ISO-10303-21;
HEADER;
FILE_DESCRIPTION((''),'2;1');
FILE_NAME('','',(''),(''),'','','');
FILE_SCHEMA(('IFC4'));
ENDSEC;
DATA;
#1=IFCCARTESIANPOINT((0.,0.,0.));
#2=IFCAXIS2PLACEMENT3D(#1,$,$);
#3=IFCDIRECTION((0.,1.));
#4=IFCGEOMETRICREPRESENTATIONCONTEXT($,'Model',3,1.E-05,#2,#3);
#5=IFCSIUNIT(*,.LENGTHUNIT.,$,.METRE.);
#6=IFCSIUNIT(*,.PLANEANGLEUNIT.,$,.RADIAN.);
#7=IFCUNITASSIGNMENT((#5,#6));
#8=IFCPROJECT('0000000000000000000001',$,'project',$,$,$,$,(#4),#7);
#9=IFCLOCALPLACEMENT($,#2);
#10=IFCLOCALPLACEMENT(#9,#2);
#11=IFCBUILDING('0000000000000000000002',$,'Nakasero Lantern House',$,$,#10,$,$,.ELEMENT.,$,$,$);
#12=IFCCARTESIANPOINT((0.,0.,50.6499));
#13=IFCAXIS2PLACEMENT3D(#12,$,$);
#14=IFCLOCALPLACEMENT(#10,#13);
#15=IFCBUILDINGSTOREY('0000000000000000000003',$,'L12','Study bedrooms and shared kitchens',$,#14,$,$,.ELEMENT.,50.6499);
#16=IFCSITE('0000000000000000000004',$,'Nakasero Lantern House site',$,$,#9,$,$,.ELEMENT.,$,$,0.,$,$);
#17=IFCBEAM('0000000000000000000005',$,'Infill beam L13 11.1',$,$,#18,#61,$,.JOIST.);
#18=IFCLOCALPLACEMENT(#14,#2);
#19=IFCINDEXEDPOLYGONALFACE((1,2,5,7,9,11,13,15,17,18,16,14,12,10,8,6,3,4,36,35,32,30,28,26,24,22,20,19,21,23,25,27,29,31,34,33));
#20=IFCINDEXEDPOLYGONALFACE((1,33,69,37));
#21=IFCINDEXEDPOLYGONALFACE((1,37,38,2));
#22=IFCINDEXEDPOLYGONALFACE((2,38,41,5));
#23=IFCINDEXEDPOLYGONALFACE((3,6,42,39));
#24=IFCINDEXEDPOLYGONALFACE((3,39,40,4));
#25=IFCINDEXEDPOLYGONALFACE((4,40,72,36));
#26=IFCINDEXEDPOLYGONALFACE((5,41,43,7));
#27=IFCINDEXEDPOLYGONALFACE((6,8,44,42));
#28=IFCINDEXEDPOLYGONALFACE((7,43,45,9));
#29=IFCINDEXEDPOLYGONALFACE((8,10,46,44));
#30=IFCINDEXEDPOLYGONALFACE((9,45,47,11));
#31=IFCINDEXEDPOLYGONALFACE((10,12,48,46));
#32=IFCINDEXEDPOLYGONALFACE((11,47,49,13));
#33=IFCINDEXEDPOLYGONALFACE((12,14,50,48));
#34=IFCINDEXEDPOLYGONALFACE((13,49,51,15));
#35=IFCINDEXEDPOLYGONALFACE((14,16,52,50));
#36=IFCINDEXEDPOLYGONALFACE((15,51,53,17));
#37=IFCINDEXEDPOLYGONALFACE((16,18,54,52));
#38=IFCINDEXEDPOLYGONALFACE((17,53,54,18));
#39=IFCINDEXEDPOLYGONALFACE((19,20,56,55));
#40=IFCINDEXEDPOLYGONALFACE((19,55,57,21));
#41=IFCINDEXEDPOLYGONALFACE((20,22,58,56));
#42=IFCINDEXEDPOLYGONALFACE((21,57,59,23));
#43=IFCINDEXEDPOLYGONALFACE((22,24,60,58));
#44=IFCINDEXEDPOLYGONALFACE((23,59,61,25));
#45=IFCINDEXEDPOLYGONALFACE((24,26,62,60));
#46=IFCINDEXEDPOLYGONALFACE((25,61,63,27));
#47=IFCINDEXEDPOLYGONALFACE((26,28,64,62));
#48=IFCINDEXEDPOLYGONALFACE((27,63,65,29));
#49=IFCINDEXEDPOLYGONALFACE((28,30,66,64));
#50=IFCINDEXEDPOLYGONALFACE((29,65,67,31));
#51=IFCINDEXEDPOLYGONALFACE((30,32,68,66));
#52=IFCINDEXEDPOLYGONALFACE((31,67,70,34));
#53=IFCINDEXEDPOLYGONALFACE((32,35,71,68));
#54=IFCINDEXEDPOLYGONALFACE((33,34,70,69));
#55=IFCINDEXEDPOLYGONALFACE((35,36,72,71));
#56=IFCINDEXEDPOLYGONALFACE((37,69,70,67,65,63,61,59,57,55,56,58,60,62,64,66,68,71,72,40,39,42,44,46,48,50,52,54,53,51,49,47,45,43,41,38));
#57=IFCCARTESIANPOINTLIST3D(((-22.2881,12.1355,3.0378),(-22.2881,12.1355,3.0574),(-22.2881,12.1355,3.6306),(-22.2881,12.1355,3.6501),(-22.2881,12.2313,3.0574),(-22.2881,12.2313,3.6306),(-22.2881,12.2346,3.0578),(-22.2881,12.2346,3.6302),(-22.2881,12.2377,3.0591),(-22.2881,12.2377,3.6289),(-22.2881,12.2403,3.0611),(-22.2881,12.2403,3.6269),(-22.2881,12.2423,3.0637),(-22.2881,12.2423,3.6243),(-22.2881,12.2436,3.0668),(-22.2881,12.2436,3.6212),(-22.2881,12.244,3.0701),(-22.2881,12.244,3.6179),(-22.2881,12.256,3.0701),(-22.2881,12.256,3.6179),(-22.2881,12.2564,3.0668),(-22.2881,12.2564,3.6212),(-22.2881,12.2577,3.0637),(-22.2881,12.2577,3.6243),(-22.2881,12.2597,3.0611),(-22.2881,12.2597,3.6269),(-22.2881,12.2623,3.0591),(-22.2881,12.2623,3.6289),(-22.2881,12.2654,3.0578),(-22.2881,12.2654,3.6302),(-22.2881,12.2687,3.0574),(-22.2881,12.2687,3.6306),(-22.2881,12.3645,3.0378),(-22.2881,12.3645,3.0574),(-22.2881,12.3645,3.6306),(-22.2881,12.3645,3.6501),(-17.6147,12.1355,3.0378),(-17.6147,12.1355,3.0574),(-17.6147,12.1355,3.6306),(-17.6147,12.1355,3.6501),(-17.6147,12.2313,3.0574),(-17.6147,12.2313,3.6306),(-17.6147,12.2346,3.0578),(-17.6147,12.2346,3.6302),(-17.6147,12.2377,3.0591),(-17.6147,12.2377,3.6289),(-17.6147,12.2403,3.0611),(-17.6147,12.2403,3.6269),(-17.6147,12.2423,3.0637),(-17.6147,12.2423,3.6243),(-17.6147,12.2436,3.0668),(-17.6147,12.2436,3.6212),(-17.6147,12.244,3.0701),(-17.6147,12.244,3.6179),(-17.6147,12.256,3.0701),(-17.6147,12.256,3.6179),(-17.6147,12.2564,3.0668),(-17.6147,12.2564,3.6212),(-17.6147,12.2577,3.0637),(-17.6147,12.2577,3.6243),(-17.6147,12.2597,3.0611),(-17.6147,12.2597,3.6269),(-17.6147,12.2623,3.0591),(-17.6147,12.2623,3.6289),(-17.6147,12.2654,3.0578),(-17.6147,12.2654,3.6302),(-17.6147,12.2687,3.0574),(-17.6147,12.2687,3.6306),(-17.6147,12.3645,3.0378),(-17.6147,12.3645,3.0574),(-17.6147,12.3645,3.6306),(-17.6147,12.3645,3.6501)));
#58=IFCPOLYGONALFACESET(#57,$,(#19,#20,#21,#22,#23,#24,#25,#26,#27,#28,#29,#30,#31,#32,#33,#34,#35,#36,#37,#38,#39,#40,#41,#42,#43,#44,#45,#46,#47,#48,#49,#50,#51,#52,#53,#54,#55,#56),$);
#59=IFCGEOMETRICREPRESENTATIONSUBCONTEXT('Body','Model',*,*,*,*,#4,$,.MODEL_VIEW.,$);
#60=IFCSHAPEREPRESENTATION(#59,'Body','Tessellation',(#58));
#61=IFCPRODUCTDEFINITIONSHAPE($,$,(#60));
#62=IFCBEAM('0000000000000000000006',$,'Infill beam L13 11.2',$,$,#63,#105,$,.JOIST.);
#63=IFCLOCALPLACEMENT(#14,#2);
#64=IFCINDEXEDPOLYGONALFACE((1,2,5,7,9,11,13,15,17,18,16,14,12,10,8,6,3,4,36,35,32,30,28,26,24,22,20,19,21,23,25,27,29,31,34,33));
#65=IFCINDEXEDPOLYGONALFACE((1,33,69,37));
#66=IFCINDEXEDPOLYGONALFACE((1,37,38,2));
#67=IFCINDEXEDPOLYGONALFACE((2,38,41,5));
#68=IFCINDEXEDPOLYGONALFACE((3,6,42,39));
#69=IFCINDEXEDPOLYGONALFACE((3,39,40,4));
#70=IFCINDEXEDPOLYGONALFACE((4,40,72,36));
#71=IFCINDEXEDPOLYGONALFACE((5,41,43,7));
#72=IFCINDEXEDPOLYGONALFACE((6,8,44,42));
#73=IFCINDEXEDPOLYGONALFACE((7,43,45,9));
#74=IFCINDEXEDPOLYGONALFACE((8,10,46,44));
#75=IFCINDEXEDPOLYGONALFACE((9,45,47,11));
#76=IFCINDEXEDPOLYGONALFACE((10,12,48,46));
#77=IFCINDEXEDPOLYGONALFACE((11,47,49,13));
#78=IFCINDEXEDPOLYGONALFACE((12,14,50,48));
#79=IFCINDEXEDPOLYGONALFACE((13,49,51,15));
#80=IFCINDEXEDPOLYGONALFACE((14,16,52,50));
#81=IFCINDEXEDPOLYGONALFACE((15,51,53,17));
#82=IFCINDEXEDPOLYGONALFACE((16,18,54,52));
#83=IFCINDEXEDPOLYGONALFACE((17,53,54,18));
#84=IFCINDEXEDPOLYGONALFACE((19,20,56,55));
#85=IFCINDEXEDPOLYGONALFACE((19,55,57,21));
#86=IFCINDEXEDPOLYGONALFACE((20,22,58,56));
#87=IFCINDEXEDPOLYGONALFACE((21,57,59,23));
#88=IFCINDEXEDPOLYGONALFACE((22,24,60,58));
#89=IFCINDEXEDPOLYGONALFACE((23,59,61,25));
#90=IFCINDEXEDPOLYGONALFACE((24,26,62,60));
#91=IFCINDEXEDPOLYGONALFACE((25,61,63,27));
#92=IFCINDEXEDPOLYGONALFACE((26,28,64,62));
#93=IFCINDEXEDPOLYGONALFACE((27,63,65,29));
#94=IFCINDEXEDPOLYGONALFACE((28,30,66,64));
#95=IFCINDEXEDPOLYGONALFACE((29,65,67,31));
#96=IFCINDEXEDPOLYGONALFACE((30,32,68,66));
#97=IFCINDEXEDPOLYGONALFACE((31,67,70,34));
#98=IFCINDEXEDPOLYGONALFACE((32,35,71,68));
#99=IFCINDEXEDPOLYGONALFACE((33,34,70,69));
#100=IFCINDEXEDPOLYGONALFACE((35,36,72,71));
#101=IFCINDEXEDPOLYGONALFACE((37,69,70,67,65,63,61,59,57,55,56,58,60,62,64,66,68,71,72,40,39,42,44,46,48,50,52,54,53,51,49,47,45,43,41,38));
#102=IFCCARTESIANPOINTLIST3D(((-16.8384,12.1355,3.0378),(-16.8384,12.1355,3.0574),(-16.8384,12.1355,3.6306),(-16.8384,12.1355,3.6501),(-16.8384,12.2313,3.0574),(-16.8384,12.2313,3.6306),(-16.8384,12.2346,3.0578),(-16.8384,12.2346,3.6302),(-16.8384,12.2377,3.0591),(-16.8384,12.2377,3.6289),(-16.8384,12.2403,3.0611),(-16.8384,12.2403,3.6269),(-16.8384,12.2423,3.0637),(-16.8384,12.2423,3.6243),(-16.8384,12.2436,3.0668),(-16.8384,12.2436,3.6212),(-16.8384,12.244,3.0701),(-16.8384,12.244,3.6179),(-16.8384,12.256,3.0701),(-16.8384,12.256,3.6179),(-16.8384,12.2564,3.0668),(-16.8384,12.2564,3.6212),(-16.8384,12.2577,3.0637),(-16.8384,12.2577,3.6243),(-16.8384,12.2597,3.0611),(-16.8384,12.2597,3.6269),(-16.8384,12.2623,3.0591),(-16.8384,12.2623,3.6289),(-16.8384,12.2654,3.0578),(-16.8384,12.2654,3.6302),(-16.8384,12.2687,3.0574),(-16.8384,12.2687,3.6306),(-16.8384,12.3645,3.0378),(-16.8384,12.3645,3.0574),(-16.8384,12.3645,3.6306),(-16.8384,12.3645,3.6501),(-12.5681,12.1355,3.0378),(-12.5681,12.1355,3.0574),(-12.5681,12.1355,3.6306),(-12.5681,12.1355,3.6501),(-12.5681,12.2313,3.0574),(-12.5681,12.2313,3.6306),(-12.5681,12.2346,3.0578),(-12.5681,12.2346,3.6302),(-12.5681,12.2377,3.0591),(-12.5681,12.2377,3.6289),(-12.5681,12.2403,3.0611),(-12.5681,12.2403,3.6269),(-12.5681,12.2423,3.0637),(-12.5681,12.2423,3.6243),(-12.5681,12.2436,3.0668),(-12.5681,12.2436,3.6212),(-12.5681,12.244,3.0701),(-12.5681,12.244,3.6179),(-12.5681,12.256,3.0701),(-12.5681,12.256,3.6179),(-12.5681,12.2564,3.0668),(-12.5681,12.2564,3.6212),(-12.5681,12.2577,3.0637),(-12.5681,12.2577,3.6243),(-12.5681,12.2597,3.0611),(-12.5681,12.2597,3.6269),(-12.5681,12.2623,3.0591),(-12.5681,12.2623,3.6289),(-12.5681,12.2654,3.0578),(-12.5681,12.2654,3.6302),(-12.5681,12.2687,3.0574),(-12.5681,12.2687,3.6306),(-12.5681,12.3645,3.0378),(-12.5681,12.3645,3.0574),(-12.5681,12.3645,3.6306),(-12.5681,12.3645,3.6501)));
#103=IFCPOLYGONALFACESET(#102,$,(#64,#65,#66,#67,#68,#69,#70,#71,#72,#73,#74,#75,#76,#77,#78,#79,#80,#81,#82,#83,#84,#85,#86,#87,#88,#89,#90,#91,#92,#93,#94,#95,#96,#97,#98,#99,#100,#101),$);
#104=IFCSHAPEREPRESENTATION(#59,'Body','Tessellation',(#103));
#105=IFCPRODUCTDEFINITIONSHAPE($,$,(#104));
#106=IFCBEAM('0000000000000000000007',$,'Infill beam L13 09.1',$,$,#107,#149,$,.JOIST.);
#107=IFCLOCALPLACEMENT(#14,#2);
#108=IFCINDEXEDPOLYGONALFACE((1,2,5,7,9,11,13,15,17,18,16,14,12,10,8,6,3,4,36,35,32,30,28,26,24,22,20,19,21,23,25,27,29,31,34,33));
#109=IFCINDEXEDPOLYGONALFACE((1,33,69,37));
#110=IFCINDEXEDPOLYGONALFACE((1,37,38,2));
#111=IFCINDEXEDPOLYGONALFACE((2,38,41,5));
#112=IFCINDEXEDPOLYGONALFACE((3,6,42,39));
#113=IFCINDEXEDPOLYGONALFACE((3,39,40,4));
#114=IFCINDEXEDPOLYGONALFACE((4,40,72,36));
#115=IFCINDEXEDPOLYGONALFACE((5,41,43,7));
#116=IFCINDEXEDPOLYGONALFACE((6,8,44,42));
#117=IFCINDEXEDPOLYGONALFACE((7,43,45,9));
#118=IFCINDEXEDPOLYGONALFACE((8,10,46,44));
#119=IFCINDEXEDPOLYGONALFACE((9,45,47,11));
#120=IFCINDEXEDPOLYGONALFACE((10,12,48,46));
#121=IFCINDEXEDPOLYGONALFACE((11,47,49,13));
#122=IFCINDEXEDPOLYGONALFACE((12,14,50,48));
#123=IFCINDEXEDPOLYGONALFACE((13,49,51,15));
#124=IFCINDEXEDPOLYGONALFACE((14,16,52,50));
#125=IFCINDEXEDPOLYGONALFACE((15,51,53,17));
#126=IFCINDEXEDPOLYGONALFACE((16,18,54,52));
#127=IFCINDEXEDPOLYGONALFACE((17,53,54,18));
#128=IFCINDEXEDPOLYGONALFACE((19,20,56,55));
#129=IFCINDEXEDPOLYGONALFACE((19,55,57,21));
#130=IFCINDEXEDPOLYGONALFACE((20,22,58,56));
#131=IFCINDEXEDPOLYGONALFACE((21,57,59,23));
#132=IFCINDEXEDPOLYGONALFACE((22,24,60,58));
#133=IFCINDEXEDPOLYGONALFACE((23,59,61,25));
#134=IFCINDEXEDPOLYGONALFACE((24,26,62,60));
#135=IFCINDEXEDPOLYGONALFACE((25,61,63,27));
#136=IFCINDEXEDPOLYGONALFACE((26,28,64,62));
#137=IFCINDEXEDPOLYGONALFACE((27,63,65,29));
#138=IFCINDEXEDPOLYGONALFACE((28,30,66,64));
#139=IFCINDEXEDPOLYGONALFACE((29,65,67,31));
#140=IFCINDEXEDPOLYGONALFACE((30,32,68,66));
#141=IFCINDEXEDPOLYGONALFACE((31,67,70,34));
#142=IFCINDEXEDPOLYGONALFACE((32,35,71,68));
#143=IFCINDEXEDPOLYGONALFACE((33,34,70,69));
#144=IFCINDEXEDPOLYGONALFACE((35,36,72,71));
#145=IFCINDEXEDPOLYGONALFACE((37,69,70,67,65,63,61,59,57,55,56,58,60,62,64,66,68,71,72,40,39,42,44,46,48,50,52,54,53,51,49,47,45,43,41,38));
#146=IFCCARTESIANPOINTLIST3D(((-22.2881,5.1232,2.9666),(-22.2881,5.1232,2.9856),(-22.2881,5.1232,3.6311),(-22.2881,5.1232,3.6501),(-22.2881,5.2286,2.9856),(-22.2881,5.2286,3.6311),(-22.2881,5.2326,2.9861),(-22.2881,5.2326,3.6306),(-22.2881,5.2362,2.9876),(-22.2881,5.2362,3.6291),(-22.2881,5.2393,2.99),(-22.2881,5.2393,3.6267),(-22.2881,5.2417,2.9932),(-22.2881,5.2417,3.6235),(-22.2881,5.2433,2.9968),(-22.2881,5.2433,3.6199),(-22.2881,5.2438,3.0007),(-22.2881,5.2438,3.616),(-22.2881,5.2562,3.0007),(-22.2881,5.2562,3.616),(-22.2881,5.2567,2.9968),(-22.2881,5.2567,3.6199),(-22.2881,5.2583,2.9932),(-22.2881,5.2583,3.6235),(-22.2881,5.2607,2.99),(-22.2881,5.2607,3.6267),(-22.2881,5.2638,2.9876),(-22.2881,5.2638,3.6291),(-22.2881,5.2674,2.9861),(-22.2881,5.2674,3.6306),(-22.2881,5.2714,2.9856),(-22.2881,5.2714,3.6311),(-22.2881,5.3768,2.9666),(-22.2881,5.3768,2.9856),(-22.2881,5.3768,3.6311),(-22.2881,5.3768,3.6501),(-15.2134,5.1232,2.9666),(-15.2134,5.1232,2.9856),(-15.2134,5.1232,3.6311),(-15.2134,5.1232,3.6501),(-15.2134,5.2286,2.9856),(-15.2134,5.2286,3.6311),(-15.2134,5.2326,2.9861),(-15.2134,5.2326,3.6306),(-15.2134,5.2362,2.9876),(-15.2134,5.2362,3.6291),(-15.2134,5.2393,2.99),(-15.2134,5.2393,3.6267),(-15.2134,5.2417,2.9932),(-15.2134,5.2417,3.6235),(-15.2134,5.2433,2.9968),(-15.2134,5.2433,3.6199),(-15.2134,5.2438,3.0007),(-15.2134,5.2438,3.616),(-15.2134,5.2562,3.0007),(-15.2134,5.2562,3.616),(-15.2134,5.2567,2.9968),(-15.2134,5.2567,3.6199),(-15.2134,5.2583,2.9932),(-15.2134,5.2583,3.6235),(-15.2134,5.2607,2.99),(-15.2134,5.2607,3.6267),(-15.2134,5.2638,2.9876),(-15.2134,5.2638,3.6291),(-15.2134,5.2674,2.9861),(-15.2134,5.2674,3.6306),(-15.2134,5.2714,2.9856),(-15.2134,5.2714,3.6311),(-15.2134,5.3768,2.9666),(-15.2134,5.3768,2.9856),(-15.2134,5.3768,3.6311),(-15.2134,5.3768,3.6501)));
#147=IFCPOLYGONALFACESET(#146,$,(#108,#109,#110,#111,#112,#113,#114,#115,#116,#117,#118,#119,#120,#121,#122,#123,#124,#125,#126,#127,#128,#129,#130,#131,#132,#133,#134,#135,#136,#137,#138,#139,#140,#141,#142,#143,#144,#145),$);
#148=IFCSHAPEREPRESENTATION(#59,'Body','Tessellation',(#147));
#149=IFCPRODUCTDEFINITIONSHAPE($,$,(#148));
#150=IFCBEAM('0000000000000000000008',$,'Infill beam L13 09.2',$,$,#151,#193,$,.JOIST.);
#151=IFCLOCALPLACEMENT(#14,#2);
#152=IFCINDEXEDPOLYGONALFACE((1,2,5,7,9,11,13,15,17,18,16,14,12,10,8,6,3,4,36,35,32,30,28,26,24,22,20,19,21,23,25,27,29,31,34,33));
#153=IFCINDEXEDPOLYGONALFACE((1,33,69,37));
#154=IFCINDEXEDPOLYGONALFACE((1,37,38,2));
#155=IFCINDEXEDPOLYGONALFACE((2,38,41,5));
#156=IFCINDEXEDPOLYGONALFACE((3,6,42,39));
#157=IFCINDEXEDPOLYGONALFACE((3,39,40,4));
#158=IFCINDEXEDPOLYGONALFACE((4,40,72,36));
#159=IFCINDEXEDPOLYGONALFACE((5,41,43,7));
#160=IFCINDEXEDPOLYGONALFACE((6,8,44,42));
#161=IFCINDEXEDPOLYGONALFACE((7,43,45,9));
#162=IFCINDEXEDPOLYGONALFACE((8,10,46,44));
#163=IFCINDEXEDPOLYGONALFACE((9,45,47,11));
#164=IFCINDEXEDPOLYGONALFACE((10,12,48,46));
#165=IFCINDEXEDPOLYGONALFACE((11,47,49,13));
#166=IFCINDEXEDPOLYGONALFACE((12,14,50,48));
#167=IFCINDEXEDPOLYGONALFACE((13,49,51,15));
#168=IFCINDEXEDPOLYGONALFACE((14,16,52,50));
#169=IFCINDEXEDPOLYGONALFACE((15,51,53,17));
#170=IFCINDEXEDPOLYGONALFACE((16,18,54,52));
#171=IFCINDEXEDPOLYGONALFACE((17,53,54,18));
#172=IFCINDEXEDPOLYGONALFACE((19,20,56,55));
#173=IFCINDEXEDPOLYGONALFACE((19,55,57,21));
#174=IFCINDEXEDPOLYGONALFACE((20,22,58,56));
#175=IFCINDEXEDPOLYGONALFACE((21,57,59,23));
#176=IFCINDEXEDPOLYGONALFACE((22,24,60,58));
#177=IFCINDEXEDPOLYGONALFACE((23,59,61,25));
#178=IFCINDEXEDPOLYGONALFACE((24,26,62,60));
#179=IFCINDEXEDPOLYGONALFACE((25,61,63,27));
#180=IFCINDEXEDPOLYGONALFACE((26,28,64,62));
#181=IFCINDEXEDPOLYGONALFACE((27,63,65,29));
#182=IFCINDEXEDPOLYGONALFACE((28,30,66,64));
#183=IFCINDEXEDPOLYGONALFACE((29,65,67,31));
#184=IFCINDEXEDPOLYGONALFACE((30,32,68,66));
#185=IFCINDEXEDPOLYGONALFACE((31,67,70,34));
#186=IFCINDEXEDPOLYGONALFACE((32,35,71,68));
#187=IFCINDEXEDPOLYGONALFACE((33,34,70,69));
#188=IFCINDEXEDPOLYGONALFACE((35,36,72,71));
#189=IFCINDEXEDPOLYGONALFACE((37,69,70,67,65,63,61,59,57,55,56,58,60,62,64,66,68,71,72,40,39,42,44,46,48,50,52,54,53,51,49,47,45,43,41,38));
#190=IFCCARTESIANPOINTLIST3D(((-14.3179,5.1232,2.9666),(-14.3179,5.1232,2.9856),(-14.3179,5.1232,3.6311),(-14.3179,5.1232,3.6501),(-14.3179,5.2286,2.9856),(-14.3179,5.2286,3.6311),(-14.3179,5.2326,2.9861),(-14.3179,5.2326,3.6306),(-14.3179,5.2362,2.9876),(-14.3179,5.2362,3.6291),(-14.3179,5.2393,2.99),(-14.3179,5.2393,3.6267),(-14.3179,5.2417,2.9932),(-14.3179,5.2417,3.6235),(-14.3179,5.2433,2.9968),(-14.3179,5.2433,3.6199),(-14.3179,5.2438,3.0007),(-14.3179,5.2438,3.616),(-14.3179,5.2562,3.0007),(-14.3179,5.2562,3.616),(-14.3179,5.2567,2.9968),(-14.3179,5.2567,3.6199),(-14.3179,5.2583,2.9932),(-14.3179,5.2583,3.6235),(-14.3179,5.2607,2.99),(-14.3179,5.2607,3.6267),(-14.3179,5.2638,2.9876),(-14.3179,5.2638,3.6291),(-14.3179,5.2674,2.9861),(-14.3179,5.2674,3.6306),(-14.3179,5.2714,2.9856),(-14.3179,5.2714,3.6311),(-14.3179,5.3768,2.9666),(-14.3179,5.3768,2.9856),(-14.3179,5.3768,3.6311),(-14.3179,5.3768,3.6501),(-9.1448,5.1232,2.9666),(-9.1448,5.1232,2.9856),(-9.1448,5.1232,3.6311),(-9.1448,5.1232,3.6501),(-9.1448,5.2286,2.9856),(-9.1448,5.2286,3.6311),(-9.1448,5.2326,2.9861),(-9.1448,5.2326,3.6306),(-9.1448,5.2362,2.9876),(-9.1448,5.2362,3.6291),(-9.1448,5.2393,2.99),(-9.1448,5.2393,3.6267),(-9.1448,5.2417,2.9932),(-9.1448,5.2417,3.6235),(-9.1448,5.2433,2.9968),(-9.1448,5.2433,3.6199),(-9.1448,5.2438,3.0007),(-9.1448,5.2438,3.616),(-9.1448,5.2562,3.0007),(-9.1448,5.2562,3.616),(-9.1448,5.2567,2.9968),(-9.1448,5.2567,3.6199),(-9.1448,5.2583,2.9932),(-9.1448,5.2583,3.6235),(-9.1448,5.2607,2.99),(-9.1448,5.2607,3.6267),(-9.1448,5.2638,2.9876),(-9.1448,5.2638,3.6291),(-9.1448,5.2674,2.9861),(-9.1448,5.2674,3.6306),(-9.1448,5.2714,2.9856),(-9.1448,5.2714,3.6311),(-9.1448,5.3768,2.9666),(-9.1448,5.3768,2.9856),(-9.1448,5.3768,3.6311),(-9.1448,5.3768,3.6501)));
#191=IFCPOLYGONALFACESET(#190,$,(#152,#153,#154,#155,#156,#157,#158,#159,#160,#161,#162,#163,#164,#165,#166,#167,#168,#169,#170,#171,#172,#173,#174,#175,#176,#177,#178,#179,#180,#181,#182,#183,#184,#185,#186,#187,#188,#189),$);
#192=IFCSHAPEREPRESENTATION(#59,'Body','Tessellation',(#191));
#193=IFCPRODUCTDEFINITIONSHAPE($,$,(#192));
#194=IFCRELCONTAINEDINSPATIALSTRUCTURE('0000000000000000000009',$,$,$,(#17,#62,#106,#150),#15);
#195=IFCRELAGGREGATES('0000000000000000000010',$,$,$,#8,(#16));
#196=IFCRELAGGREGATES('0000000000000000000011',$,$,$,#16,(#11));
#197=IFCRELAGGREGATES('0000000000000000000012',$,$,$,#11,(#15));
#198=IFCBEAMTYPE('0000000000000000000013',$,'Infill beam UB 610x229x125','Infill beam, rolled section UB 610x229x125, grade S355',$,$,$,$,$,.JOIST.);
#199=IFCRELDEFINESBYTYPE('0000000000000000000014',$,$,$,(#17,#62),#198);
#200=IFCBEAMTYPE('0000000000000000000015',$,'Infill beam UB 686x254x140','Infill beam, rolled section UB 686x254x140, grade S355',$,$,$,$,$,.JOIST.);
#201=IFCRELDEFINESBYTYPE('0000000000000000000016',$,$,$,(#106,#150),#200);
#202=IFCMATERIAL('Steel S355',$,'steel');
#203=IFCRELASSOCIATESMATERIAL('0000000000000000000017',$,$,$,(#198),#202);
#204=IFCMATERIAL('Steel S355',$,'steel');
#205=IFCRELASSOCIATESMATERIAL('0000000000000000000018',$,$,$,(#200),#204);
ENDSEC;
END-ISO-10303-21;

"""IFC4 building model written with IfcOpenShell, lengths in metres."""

from ifc_helpers import new_model, si_unit, direction, frame, origin, origin_2d, place, context, subcontext, project, spatial, i_section, extrude, material, material_profile, profile_set, type_object, element, save


model = new_model("IFC4")

# Units and contexts
model_context = context("Model", 3, precision=1e-05, world=origin(), true_north=direction((0.0, 1.0)))
body_context = subcontext(model_context, "Body", "Model", "MODEL_VIEW")
ifc_project = project(units=[si_unit("LENGTHUNIT", "METRE"), si_unit("PLANEANGLEUNIT", "RADIAN")], contexts=[model_context])

# Site, building, storey
site_placement = place(None, origin())
site = spatial("IfcSite", under=ifc_project, at=site_placement, Name="Nakasero Lantern House site", CompositionType="ELEMENT", RefElevation=0.0)
building_placement = place(site_placement, origin())
building = spatial("IfcBuilding", under=site, at=building_placement, Name="Nakasero Lantern House", CompositionType="ELEMENT")
storey_placement = place(building_placement, frame((0.0, 0.0, 50.6499)))
storey = spatial("IfcBuildingStorey", under=building, at=storey_placement, Name="L12", Description="Study bedrooms and shared kitchens", CompositionType="ELEMENT", Elevation=50.6499)

# Beams
ifc_material_1 = material(Name="Steel S355", Category="steel")
ifc_material_profile_1 = material_profile(ifc_material_1, i_section(OverallWidth=0.229, OverallDepth=0.6123, WebThickness=0.012, FlangeThickness=0.0195, FilletRadius=0.0127, at=origin_2d()), Name="UB 610x229x125")
ifc_profile_set_1 = profile_set([ifc_material_profile_1], Name="Steel S355")
beam_type_1 = type_object("IfcBeamType", Name="Infill beam UB 610x229x125", Description="Infill beam, rolled section UB 610x229x125, grade S355", PredefinedType="JOIST", material=ifc_profile_set_1)
beam_1_placement = place(storey_placement, frame((-22.2881, 12.25, 3.344), z_axis=(1.0, 0.0, 0.0), x_axis=(0.0, 1.0, 0.0)))
element("IfcBeam", 1, at=beam_1_placement, inside=storey, type_object=beam_type_1, Name="Infill beam L13 11.1", PredefinedType="JOIST", context=body_context, shape_type="SweptSolid", body=[
    extrude(i_section(OverallWidth=0.229, OverallDepth=0.6123, WebThickness=0.012, FlangeThickness=0.0195, FilletRadius=0.0127, at=origin_2d()), origin(), (0.0, 0.0, 1.0), 4.6733),
])
beam_2_placement = place(storey_placement, frame((-16.8384, 12.25, 3.344), z_axis=(1.0, 0.0, 0.0), x_axis=(0.0, 1.0, 0.0)))
element("IfcBeam", 2, at=beam_2_placement, inside=storey, type_object=beam_type_1, Name="Infill beam L13 11.2", PredefinedType="JOIST", context=body_context, shape_type="SweptSolid", body=[
    extrude(i_section(OverallWidth=0.229, OverallDepth=0.6123, WebThickness=0.012, FlangeThickness=0.0195, FilletRadius=0.0127, at=origin_2d()), origin(), (0.0, 0.0, 1.0), 4.2703),
])
ifc_material_2 = material(Name="Steel S355", Category="steel")
ifc_material_profile_2 = material_profile(ifc_material_2, i_section(OverallWidth=0.2537, OverallDepth=0.6836, WebThickness=0.0125, FlangeThickness=0.019, FilletRadius=0.0151, at=origin_2d()), Name="UB 686x254x140")
ifc_profile_set_2 = profile_set([ifc_material_profile_2], Name="Steel S355")
beam_type_2 = type_object("IfcBeamType", Name="Infill beam UB 686x254x140", Description="Infill beam, rolled section UB 686x254x140, grade S355", PredefinedType="JOIST", material=ifc_profile_set_2)
beam_3_placement = place(storey_placement, frame((-22.2881, 5.25, 3.3083), z_axis=(1.0, 0.0, 0.0), x_axis=(0.0, 1.0, 0.0)))
element("IfcBeam", 3, at=beam_3_placement, inside=storey, type_object=beam_type_2, Name="Infill beam L13 09.1", PredefinedType="JOIST", context=body_context, shape_type="SweptSolid", body=[
    extrude(i_section(OverallWidth=0.2537, OverallDepth=0.6836, WebThickness=0.0125, FlangeThickness=0.019, FilletRadius=0.0151, at=origin_2d()), origin(), (0.0, 0.0, 1.0), 7.0747),
])
beam_4_placement = place(storey_placement, frame((-14.3179, 5.25, 3.3083), z_axis=(1.0, 0.0, 0.0), x_axis=(0.0, 1.0, 0.0)))
element("IfcBeam", 4, at=beam_4_placement, inside=storey, type_object=beam_type_2, Name="Infill beam L13 09.2", PredefinedType="JOIST", context=body_context, shape_type="SweptSolid", body=[
    extrude(i_section(OverallWidth=0.2537, OverallDepth=0.6836, WebThickness=0.0125, FlangeThickness=0.019, FilletRadius=0.0151, at=origin_2d()), origin(), (0.0, 0.0, 1.0), 5.1731),
])

save(model, "model.ifc")
